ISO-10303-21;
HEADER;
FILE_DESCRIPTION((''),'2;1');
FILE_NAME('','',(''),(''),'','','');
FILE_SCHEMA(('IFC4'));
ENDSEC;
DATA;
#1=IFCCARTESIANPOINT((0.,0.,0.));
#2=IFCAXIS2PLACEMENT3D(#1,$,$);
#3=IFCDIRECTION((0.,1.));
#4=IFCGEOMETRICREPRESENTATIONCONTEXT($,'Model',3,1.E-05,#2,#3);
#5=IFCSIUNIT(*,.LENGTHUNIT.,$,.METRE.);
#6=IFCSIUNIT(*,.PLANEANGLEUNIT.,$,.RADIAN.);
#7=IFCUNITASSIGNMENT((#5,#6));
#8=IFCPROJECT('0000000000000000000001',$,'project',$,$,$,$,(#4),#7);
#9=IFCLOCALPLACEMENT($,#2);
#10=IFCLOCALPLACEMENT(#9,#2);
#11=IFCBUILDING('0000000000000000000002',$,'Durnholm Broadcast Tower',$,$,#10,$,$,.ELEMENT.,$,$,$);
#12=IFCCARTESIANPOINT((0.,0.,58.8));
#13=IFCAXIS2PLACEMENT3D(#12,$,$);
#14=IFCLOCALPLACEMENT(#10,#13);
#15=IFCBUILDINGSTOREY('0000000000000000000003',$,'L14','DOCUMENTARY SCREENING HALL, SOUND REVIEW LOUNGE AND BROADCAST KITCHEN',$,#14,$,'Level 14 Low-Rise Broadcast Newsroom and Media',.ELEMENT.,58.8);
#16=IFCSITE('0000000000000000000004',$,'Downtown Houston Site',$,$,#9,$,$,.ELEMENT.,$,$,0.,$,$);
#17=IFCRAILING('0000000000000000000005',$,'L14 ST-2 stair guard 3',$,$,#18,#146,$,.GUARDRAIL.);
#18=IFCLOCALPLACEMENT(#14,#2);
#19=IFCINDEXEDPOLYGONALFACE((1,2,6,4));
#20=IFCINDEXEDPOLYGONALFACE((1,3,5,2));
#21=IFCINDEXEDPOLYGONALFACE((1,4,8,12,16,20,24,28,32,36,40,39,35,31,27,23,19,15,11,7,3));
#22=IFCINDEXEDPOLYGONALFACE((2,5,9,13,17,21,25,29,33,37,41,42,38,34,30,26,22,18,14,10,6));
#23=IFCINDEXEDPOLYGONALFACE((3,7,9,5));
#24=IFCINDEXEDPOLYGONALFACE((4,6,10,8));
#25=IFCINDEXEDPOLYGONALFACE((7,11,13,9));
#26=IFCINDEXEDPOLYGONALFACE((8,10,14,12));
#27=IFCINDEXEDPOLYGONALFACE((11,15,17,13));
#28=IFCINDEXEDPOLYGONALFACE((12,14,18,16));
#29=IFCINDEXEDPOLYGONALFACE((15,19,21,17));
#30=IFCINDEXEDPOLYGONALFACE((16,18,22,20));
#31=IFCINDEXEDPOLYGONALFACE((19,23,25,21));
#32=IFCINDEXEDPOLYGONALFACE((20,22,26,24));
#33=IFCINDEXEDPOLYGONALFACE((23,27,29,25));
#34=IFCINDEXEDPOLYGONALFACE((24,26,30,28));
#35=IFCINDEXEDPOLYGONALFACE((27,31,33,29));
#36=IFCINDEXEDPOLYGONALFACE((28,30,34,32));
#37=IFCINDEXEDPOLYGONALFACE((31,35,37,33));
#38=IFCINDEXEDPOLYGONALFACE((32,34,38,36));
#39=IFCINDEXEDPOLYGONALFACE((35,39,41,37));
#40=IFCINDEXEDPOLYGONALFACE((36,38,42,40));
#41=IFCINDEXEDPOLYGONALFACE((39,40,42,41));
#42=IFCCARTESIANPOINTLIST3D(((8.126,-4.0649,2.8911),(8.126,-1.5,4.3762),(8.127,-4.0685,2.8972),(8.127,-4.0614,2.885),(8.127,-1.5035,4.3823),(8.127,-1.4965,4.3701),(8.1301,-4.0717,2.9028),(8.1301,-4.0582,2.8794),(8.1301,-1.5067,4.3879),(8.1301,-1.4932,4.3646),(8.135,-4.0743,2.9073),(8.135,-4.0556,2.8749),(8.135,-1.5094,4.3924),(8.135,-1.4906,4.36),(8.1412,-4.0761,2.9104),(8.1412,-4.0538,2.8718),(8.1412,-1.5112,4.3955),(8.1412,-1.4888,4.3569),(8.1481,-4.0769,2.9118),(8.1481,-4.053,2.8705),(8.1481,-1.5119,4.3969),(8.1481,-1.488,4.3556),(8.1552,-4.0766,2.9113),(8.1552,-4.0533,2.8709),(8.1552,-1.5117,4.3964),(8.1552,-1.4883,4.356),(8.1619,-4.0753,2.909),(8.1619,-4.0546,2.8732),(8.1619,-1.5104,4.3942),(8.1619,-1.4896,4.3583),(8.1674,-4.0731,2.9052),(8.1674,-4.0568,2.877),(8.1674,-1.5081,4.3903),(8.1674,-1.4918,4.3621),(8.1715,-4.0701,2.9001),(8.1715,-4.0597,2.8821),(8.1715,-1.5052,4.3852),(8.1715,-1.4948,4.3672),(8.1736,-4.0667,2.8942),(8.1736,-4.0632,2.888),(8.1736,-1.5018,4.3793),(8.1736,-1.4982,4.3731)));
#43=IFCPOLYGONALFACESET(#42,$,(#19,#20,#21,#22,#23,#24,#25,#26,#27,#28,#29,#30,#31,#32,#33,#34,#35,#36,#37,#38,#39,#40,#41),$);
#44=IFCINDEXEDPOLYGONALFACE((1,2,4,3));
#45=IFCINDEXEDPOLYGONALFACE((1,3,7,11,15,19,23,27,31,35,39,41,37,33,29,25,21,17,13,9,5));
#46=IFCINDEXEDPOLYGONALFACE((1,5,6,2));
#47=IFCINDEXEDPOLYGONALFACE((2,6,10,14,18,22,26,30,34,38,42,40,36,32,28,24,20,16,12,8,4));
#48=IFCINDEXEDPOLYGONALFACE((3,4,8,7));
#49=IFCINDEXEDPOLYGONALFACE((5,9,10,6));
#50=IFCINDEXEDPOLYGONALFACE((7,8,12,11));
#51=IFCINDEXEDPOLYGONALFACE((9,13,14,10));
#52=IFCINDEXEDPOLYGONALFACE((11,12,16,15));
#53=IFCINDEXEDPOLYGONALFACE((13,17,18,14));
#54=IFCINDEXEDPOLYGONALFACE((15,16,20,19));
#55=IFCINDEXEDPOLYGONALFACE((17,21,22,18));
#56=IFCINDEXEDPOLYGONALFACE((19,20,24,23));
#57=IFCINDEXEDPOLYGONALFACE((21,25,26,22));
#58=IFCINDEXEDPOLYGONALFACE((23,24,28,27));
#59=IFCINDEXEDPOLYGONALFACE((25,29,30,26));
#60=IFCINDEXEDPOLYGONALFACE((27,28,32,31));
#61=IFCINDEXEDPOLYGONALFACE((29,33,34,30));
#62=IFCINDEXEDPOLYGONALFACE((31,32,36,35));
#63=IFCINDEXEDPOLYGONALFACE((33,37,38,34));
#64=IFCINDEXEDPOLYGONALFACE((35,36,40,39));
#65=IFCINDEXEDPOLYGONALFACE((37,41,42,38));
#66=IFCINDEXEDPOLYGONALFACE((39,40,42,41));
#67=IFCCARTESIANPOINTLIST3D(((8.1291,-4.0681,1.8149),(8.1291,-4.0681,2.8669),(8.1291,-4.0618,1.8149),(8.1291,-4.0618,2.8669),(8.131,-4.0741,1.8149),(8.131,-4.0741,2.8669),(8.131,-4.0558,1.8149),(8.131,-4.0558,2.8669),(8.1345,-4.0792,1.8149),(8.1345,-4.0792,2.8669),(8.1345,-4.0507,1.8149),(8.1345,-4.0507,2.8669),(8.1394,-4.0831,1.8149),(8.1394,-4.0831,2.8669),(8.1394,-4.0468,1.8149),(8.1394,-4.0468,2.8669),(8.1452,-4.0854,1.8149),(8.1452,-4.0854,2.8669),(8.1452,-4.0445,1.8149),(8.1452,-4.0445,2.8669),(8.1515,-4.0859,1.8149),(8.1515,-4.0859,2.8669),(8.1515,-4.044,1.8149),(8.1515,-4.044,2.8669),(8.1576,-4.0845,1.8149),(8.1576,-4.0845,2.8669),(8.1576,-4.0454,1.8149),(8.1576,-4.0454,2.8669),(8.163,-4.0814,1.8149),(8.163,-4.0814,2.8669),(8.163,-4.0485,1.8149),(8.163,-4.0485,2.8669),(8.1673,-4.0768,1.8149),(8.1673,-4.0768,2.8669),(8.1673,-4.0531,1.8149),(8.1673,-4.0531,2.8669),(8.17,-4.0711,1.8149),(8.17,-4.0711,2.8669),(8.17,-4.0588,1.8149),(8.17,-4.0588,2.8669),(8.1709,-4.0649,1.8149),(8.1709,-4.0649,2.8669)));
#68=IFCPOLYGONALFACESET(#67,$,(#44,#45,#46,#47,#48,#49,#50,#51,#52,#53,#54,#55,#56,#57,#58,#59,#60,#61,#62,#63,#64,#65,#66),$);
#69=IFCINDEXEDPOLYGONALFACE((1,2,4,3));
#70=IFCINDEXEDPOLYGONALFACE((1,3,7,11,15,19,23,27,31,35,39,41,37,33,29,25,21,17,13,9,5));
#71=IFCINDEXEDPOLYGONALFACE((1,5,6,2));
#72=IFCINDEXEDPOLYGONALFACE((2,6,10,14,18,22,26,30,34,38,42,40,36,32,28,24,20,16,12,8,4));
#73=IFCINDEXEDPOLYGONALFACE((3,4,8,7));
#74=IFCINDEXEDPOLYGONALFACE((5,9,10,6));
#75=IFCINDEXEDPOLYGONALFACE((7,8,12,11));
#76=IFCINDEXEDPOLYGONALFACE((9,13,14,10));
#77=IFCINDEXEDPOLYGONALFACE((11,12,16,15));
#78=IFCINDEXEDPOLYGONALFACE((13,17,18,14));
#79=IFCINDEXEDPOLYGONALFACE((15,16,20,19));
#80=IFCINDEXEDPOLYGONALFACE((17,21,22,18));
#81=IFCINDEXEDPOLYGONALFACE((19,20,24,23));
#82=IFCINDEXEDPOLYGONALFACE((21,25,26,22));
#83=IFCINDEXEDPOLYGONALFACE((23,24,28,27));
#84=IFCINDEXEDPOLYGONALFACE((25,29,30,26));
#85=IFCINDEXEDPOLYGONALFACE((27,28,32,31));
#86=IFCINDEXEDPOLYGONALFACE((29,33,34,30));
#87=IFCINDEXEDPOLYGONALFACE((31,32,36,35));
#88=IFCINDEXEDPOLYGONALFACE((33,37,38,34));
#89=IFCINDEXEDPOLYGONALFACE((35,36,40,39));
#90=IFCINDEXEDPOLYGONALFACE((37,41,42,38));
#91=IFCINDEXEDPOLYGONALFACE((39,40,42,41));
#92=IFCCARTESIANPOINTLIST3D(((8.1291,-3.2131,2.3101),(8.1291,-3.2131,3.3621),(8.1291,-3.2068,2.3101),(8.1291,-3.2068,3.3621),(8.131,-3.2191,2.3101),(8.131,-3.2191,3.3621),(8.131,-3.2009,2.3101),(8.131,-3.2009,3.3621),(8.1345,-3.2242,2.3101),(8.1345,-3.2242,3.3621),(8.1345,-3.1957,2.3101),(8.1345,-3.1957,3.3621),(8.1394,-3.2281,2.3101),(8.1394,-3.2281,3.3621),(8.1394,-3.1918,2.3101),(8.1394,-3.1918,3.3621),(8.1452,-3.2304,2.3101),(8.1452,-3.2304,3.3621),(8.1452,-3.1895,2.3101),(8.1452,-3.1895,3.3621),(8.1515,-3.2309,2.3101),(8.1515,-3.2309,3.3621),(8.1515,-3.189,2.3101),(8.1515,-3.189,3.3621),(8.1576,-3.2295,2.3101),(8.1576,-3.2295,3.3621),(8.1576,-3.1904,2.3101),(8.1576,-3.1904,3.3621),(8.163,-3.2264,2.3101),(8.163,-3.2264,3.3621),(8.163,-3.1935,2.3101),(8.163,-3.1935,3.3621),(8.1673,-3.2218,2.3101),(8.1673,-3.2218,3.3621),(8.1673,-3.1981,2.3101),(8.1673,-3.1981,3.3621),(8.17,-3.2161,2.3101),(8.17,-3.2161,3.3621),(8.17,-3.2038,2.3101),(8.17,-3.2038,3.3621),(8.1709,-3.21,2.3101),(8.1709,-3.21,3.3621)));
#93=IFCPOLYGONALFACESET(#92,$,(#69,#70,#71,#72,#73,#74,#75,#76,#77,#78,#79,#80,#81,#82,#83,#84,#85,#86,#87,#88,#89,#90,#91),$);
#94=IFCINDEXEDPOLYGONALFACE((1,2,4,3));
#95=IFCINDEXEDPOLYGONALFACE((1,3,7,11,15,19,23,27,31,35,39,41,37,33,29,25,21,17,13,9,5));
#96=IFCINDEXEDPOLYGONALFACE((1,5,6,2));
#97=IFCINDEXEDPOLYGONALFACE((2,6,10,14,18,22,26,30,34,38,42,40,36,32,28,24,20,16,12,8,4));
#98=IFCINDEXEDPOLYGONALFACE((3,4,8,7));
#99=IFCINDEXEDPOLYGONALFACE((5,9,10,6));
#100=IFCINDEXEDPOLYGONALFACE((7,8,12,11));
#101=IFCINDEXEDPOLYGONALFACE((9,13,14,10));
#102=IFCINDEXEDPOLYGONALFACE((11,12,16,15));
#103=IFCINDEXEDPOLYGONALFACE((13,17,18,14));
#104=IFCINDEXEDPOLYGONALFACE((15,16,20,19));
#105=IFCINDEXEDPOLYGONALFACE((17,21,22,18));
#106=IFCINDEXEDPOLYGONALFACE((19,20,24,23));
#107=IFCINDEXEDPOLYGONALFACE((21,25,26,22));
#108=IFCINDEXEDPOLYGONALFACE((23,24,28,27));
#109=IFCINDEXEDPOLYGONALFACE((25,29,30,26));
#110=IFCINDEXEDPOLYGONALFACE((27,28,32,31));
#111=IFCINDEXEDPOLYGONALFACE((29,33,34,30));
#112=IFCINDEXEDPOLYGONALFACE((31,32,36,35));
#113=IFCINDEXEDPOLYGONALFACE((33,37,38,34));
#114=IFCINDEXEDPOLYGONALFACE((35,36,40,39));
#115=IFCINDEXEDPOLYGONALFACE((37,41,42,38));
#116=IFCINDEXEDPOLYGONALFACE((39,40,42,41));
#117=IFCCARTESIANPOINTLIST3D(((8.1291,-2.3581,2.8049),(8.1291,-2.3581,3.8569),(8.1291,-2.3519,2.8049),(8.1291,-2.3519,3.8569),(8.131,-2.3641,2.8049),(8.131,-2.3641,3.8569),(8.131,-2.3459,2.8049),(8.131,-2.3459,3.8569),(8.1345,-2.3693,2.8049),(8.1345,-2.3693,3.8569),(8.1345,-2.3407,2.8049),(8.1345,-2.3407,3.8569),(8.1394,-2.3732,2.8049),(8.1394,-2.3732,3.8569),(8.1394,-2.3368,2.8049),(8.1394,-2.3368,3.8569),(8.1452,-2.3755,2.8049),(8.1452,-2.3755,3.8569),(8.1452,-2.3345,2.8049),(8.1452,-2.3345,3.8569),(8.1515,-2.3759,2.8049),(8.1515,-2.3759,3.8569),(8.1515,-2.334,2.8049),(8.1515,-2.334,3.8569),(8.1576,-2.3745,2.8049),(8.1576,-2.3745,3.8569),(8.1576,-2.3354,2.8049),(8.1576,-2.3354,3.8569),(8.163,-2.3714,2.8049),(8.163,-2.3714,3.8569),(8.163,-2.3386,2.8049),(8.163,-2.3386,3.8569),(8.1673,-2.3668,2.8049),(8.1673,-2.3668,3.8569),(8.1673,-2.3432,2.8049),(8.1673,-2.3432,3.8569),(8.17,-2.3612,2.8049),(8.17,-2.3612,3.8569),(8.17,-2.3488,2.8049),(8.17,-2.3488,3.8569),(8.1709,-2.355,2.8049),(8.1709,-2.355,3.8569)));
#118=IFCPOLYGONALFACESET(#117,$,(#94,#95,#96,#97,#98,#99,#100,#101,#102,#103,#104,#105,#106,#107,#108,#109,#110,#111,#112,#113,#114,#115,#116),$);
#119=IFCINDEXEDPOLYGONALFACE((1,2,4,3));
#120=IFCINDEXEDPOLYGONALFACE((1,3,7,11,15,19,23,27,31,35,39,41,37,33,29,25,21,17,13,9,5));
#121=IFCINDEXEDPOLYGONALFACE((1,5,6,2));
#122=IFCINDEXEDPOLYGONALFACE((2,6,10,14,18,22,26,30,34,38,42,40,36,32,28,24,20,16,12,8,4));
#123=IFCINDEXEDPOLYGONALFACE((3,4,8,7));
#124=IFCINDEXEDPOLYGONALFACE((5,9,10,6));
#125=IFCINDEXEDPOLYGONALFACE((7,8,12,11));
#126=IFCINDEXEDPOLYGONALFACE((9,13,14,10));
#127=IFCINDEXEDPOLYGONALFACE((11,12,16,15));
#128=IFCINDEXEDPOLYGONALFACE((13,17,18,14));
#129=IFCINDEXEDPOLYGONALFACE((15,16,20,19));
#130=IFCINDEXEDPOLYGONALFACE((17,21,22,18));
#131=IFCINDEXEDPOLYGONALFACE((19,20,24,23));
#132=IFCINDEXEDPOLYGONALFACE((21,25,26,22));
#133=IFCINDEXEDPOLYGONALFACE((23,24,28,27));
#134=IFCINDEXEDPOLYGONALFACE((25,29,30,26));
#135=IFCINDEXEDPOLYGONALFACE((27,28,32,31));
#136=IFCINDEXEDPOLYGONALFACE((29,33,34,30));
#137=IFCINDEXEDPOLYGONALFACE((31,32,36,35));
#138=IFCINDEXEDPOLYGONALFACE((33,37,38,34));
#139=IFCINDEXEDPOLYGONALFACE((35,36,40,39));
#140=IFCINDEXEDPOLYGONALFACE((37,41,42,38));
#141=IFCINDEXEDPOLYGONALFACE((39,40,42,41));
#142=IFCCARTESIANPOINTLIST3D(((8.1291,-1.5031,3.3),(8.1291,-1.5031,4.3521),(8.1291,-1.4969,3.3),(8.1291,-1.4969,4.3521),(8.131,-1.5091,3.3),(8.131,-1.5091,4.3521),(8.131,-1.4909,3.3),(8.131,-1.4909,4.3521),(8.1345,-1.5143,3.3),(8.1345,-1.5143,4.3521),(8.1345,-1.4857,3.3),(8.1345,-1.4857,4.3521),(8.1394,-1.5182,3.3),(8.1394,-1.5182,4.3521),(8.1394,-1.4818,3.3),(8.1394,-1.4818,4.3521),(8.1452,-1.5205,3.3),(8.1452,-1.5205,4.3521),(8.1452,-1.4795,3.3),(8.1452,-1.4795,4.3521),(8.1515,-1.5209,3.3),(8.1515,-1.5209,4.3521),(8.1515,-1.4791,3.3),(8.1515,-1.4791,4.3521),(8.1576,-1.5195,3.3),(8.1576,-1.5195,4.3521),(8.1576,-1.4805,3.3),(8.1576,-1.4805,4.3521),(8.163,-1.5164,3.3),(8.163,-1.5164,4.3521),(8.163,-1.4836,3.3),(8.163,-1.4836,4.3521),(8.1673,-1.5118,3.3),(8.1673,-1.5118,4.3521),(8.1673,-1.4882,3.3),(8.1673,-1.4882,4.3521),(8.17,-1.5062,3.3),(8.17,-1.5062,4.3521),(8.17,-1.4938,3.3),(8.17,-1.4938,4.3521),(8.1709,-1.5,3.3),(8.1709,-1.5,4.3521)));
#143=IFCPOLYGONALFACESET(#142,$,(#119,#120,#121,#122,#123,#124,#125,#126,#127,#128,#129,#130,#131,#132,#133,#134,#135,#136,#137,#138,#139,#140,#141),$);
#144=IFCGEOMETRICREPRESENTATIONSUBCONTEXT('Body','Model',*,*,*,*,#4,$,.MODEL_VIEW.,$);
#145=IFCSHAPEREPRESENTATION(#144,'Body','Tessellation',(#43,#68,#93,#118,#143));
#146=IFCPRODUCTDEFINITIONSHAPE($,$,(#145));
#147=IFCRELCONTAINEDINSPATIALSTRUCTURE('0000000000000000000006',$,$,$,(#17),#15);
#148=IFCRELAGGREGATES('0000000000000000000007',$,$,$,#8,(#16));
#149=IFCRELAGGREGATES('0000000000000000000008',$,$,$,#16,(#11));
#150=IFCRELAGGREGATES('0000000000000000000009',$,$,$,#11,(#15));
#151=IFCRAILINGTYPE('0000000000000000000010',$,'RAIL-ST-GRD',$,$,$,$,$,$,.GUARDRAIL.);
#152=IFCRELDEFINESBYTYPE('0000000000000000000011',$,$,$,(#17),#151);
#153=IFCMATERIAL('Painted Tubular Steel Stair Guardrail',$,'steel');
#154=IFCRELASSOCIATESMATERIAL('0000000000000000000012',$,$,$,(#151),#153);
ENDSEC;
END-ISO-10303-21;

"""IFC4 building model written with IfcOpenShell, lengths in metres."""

from ifc_helpers import new_model, si_unit, direction, frame, origin, origin_2d, place, context, subcontext, project, spatial, circle, extrude, material, type_object, element, save


model = new_model("IFC4")

# Units and contexts
model_context = context("Model", 3, precision=1e-05, world=origin(), true_north=direction((0.0, 1.0)))
body_context = subcontext(model_context, "Body", "Model", "MODEL_VIEW")
ifc_project = project(units=[si_unit("LENGTHUNIT", "METRE"), si_unit("PLANEANGLEUNIT", "RADIAN")], contexts=[model_context])

# Site, building, storey
site_placement = place(None, origin())
site = spatial("IfcSite", under=ifc_project, at=site_placement, Name="Downtown Houston Site", CompositionType="ELEMENT", RefElevation=0.0)
building_placement = place(site_placement, origin())
building = spatial("IfcBuilding", under=site, at=building_placement, Name="Durnholm Broadcast Tower", CompositionType="ELEMENT")
storey_placement = place(building_placement, frame((0.0, 0.0, 58.8)))
storey = spatial("IfcBuildingStorey", under=building, at=storey_placement, Name="L14", Description="DOCUMENTARY SCREENING HALL, SOUND REVIEW LOUNGE AND BROADCAST KITCHEN", LongName="Level 14 Low-Rise Broadcast Newsroom and Media", CompositionType="ELEMENT", Elevation=58.8)

# Railing
ifc_material_1 = material(Name="Painted Tubular Steel Stair Guardrail", Category="steel")
railing_type_1 = type_object("IfcRailingType", Name="RAIL-ST-GRD", PredefinedType="GUARDRAIL", material=ifc_material_1)
railing_1_placement = place(storey_placement, frame((8.1499, -4.0649, 1.8149)))
element("IfcRailing", 1, at=railing_1_placement, inside=storey, type_object=railing_type_1, Name="L14 ST-2 stair guard 3", PredefinedType="GUARDRAIL", context=body_context, shape_type="SweptSolid", body=[
    extrude(circle(Radius=0.0239, at=origin_2d()), frame((0.0, 0.0, 1.0762), z_axis=(0.0, 0.865406, 0.501072), x_axis=(-1.0, 0.0, 0.0)), (0.0, 0.0, 1.0), 2.9639),
    extrude(circle(Radius=0.021, at=origin_2d()), origin(), (0.0, 0.0, 1.0), 1.052),
    extrude(circle(Radius=0.021, at=origin_2d()), frame((0.0, 0.855, 0.4951)), (0.0, 0.0, 1.0), 1.052),
    extrude(circle(Radius=0.021, at=origin_2d()), frame((0.0, 1.71, 0.99)), (0.0, 0.0, 1.0), 1.052),
    extrude(circle(Radius=0.021, at=origin_2d()), frame((0.0, 2.5649, 1.4851)), (0.0, 0.0, 1.0), 1.052),
])

save(model, "model.ifc")
